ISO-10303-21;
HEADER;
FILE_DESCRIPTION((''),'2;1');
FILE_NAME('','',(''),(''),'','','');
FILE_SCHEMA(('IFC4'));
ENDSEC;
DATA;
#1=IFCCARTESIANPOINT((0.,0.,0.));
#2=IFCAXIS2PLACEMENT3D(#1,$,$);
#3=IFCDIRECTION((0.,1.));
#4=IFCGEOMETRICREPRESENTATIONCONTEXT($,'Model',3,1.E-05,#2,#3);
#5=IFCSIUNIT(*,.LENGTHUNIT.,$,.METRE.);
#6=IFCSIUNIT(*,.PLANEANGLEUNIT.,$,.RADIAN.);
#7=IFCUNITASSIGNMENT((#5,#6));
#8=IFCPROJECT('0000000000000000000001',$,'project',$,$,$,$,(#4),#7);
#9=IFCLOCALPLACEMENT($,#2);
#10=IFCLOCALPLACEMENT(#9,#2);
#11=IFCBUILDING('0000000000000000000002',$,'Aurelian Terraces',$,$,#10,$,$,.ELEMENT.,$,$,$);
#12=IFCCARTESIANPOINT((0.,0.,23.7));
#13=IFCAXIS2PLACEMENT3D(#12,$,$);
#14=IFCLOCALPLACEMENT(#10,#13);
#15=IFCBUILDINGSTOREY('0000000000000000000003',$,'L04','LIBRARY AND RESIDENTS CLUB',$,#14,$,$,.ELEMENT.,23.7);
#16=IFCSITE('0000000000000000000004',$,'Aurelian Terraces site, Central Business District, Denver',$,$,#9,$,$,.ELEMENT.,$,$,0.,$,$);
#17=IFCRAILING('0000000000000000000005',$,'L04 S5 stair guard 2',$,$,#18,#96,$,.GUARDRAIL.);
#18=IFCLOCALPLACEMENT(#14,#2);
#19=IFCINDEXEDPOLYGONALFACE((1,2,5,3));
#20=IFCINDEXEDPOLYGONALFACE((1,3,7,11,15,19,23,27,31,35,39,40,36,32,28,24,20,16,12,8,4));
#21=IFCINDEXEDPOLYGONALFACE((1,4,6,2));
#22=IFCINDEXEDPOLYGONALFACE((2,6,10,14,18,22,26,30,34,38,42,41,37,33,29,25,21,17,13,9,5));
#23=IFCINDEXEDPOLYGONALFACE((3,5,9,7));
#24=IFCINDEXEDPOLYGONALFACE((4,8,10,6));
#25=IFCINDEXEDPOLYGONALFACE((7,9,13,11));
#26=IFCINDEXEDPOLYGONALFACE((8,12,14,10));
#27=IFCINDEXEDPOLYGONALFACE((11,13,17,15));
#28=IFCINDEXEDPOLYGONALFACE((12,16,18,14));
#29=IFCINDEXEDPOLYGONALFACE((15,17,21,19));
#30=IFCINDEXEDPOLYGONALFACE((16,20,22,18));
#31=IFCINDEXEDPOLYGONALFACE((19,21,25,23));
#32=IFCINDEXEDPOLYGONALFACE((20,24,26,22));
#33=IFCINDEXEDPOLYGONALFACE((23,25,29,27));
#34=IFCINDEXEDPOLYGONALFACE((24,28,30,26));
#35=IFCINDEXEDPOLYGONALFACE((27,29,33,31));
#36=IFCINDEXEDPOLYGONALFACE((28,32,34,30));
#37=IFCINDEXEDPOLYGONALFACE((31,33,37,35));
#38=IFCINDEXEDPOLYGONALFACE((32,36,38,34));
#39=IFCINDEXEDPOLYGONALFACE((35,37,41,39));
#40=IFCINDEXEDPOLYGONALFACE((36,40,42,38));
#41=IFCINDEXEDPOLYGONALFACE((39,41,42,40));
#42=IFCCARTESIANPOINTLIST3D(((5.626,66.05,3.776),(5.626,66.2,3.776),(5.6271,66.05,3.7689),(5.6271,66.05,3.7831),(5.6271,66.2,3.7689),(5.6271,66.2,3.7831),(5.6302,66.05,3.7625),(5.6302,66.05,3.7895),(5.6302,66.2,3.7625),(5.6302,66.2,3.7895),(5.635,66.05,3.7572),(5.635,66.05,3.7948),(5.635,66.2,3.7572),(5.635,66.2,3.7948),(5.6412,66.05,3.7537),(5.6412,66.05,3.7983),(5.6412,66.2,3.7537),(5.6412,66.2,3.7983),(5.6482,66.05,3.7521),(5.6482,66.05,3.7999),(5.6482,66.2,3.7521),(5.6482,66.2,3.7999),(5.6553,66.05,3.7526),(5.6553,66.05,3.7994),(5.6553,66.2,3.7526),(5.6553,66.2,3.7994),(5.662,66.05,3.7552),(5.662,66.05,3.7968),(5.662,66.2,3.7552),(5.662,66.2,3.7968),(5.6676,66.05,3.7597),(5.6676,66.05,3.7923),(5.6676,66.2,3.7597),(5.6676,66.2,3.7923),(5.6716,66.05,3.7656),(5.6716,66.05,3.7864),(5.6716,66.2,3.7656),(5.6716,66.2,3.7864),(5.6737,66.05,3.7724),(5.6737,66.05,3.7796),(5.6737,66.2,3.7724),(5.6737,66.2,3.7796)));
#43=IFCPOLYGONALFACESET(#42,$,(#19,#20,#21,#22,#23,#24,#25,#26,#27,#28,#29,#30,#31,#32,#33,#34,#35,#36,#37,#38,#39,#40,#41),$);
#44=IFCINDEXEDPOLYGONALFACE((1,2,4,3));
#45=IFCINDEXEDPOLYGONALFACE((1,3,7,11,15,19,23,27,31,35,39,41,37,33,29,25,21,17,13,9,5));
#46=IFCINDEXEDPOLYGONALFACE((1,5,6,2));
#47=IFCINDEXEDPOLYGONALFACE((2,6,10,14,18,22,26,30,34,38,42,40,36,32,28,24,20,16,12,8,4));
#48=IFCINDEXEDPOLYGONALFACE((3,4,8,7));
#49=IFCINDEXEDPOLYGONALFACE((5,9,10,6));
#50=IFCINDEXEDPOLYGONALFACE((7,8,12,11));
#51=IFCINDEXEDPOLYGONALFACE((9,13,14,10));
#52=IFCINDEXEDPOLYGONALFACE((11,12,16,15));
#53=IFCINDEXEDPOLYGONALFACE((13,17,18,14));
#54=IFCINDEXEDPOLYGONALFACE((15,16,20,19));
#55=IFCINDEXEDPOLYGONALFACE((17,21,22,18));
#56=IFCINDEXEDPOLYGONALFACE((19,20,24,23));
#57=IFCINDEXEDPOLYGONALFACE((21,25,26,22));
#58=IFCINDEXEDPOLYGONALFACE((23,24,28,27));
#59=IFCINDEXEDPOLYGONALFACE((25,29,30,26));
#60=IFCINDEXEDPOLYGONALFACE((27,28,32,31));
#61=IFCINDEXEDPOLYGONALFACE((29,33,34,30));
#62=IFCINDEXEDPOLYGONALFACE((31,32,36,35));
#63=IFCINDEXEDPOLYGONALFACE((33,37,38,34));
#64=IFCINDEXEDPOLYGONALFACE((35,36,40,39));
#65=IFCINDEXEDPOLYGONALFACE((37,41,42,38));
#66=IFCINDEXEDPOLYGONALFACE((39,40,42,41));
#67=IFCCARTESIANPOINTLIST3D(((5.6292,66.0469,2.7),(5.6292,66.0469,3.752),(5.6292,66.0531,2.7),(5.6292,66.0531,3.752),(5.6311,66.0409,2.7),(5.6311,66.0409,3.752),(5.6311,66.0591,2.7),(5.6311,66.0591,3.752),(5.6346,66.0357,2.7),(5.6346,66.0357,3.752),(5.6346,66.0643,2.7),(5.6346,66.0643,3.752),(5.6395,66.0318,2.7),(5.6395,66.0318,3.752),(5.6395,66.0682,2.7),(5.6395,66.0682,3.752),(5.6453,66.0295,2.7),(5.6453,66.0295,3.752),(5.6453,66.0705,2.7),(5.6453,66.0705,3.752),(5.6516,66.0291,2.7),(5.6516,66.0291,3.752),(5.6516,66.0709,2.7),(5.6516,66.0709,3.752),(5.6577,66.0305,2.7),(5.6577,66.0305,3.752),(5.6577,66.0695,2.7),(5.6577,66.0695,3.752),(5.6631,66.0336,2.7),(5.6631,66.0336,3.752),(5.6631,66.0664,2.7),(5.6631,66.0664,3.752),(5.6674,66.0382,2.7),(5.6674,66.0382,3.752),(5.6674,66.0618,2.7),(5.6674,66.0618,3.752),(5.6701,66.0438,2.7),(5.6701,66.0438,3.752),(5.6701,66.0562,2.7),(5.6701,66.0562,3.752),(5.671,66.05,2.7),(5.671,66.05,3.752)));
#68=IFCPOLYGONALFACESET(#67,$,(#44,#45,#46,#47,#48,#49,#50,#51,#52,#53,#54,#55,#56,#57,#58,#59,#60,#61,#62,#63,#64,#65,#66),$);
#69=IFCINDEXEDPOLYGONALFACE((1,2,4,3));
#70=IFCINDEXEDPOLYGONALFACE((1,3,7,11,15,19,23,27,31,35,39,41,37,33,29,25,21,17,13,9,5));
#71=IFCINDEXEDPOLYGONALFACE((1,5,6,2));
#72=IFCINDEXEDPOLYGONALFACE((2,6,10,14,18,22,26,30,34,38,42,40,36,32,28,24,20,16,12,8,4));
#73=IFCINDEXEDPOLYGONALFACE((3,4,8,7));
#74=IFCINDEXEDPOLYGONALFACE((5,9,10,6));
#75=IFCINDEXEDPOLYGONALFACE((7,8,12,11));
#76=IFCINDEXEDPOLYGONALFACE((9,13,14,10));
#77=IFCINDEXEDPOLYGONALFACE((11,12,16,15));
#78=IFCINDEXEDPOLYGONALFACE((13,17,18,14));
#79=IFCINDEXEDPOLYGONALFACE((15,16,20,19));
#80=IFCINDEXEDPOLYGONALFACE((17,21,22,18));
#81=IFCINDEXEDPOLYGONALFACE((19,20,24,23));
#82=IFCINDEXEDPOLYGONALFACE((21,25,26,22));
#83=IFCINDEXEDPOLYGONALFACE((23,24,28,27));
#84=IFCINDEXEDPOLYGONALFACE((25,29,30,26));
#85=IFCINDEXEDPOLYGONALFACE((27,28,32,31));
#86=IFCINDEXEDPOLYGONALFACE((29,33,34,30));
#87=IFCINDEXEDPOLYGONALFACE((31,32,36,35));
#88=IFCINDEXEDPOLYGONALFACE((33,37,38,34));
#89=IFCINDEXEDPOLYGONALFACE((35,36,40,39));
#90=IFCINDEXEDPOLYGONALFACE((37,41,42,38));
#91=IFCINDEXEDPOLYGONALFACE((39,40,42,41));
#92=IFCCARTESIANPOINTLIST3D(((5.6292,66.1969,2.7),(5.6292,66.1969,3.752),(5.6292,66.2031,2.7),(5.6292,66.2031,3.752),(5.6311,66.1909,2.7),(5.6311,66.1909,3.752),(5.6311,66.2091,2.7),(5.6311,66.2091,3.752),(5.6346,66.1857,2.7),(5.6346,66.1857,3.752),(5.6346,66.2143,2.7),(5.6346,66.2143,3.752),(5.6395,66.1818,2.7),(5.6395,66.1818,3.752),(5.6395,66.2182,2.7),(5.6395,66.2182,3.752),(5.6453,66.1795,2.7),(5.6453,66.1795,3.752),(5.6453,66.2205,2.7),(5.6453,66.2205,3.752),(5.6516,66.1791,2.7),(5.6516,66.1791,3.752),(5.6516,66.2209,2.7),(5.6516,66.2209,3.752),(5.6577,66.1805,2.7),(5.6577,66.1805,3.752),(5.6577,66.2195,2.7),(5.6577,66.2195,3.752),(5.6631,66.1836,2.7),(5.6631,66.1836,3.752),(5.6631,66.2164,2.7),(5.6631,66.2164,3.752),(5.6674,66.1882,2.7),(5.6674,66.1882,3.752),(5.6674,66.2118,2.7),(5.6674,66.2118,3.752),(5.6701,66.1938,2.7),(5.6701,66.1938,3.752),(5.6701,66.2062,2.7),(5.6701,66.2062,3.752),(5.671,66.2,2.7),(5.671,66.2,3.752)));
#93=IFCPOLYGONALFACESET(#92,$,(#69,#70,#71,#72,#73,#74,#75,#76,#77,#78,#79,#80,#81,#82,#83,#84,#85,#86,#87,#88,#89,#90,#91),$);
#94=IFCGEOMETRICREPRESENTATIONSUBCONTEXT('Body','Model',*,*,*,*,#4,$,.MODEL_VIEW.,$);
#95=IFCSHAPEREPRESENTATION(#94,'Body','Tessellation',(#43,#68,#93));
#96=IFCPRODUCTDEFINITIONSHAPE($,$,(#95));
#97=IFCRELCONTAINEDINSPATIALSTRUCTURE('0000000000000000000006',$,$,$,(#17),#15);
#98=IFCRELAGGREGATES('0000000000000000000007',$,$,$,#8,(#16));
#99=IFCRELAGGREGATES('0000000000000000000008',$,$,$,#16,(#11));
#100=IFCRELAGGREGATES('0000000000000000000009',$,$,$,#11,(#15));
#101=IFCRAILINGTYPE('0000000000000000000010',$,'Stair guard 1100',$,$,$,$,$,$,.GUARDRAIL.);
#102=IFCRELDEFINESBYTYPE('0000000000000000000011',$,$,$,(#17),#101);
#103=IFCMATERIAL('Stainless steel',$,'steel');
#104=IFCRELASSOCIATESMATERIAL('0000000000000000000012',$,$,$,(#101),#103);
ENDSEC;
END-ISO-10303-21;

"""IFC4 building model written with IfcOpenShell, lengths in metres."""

from ifc_helpers import new_model, si_unit, direction, frame, origin, origin_2d, place, context, subcontext, project, spatial, circle, extrude, source, transform, mapped, material, type_object, element, save


model = new_model("IFC4")

# Units and contexts
model_context = context("Model", 3, precision=1e-05, world=origin(), true_north=direction((0.0, 1.0)))
body_context = subcontext(model_context, "Body", "Model", "MODEL_VIEW")
ifc_project = project(units=[si_unit("LENGTHUNIT", "METRE"), si_unit("PLANEANGLEUNIT", "RADIAN")], contexts=[model_context])

# Site, building, storey
site_placement = place(None, origin())
site = spatial("IfcSite", under=ifc_project, at=site_placement, Name="Aurelian Terraces site, Central Business District, Denver", CompositionType="ELEMENT", RefElevation=0.0)
building_placement = place(site_placement, origin())
building = spatial("IfcBuilding", under=site, at=building_placement, Name="Aurelian Terraces", CompositionType="ELEMENT")
storey_placement = place(building_placement, frame((0.0, 0.0, 23.7)))
storey = spatial("IfcBuildingStorey", under=building, at=storey_placement, Name="L04", Description="LIBRARY AND RESIDENTS CLUB", CompositionType="ELEMENT", Elevation=23.7)

# Railing
ifc_material_1 = material(Name="Stainless steel", Category="steel")
railing_type_1 = type_object("IfcRailingType", Name="Stair guard 1100", PredefinedType="GUARDRAIL", material=ifc_material_1)
shared_shape_1 = source(origin(), body_context, "Body", "SweptSolid", [
    extrude(circle(Radius=0.024, at=origin_2d()), frame((0.0, 0.0, 1.076), z_axis=(0.0, 1.0, 0.0), x_axis=(-1.0, 0.0, 0.0)), (0.0, 0.0, 1.0), 0.15),
    extrude(circle(Radius=0.021, at=origin_2d()), origin(), (0.0, 0.0, 1.0), 1.052),
    extrude(circle(Radius=0.021, at=origin_2d()), frame((0.0, 0.15, 0.0)), (0.0, 0.0, 1.0), 1.052),
])
railing_1_placement = place(storey_placement, frame((5.65, 66.05, 2.7)))
element("IfcRailing", 1, at=railing_1_placement, inside=storey, type_object=railing_type_1, Name="L04 S5 stair guard 2", PredefinedType="GUARDRAIL", context=body_context, shape_type="MappedRepresentation", body=[
    mapped(shared_shape_1, transform((0.0, 0.0, 0.0), scale=1.0)),
])

save(model, "model.ifc")
